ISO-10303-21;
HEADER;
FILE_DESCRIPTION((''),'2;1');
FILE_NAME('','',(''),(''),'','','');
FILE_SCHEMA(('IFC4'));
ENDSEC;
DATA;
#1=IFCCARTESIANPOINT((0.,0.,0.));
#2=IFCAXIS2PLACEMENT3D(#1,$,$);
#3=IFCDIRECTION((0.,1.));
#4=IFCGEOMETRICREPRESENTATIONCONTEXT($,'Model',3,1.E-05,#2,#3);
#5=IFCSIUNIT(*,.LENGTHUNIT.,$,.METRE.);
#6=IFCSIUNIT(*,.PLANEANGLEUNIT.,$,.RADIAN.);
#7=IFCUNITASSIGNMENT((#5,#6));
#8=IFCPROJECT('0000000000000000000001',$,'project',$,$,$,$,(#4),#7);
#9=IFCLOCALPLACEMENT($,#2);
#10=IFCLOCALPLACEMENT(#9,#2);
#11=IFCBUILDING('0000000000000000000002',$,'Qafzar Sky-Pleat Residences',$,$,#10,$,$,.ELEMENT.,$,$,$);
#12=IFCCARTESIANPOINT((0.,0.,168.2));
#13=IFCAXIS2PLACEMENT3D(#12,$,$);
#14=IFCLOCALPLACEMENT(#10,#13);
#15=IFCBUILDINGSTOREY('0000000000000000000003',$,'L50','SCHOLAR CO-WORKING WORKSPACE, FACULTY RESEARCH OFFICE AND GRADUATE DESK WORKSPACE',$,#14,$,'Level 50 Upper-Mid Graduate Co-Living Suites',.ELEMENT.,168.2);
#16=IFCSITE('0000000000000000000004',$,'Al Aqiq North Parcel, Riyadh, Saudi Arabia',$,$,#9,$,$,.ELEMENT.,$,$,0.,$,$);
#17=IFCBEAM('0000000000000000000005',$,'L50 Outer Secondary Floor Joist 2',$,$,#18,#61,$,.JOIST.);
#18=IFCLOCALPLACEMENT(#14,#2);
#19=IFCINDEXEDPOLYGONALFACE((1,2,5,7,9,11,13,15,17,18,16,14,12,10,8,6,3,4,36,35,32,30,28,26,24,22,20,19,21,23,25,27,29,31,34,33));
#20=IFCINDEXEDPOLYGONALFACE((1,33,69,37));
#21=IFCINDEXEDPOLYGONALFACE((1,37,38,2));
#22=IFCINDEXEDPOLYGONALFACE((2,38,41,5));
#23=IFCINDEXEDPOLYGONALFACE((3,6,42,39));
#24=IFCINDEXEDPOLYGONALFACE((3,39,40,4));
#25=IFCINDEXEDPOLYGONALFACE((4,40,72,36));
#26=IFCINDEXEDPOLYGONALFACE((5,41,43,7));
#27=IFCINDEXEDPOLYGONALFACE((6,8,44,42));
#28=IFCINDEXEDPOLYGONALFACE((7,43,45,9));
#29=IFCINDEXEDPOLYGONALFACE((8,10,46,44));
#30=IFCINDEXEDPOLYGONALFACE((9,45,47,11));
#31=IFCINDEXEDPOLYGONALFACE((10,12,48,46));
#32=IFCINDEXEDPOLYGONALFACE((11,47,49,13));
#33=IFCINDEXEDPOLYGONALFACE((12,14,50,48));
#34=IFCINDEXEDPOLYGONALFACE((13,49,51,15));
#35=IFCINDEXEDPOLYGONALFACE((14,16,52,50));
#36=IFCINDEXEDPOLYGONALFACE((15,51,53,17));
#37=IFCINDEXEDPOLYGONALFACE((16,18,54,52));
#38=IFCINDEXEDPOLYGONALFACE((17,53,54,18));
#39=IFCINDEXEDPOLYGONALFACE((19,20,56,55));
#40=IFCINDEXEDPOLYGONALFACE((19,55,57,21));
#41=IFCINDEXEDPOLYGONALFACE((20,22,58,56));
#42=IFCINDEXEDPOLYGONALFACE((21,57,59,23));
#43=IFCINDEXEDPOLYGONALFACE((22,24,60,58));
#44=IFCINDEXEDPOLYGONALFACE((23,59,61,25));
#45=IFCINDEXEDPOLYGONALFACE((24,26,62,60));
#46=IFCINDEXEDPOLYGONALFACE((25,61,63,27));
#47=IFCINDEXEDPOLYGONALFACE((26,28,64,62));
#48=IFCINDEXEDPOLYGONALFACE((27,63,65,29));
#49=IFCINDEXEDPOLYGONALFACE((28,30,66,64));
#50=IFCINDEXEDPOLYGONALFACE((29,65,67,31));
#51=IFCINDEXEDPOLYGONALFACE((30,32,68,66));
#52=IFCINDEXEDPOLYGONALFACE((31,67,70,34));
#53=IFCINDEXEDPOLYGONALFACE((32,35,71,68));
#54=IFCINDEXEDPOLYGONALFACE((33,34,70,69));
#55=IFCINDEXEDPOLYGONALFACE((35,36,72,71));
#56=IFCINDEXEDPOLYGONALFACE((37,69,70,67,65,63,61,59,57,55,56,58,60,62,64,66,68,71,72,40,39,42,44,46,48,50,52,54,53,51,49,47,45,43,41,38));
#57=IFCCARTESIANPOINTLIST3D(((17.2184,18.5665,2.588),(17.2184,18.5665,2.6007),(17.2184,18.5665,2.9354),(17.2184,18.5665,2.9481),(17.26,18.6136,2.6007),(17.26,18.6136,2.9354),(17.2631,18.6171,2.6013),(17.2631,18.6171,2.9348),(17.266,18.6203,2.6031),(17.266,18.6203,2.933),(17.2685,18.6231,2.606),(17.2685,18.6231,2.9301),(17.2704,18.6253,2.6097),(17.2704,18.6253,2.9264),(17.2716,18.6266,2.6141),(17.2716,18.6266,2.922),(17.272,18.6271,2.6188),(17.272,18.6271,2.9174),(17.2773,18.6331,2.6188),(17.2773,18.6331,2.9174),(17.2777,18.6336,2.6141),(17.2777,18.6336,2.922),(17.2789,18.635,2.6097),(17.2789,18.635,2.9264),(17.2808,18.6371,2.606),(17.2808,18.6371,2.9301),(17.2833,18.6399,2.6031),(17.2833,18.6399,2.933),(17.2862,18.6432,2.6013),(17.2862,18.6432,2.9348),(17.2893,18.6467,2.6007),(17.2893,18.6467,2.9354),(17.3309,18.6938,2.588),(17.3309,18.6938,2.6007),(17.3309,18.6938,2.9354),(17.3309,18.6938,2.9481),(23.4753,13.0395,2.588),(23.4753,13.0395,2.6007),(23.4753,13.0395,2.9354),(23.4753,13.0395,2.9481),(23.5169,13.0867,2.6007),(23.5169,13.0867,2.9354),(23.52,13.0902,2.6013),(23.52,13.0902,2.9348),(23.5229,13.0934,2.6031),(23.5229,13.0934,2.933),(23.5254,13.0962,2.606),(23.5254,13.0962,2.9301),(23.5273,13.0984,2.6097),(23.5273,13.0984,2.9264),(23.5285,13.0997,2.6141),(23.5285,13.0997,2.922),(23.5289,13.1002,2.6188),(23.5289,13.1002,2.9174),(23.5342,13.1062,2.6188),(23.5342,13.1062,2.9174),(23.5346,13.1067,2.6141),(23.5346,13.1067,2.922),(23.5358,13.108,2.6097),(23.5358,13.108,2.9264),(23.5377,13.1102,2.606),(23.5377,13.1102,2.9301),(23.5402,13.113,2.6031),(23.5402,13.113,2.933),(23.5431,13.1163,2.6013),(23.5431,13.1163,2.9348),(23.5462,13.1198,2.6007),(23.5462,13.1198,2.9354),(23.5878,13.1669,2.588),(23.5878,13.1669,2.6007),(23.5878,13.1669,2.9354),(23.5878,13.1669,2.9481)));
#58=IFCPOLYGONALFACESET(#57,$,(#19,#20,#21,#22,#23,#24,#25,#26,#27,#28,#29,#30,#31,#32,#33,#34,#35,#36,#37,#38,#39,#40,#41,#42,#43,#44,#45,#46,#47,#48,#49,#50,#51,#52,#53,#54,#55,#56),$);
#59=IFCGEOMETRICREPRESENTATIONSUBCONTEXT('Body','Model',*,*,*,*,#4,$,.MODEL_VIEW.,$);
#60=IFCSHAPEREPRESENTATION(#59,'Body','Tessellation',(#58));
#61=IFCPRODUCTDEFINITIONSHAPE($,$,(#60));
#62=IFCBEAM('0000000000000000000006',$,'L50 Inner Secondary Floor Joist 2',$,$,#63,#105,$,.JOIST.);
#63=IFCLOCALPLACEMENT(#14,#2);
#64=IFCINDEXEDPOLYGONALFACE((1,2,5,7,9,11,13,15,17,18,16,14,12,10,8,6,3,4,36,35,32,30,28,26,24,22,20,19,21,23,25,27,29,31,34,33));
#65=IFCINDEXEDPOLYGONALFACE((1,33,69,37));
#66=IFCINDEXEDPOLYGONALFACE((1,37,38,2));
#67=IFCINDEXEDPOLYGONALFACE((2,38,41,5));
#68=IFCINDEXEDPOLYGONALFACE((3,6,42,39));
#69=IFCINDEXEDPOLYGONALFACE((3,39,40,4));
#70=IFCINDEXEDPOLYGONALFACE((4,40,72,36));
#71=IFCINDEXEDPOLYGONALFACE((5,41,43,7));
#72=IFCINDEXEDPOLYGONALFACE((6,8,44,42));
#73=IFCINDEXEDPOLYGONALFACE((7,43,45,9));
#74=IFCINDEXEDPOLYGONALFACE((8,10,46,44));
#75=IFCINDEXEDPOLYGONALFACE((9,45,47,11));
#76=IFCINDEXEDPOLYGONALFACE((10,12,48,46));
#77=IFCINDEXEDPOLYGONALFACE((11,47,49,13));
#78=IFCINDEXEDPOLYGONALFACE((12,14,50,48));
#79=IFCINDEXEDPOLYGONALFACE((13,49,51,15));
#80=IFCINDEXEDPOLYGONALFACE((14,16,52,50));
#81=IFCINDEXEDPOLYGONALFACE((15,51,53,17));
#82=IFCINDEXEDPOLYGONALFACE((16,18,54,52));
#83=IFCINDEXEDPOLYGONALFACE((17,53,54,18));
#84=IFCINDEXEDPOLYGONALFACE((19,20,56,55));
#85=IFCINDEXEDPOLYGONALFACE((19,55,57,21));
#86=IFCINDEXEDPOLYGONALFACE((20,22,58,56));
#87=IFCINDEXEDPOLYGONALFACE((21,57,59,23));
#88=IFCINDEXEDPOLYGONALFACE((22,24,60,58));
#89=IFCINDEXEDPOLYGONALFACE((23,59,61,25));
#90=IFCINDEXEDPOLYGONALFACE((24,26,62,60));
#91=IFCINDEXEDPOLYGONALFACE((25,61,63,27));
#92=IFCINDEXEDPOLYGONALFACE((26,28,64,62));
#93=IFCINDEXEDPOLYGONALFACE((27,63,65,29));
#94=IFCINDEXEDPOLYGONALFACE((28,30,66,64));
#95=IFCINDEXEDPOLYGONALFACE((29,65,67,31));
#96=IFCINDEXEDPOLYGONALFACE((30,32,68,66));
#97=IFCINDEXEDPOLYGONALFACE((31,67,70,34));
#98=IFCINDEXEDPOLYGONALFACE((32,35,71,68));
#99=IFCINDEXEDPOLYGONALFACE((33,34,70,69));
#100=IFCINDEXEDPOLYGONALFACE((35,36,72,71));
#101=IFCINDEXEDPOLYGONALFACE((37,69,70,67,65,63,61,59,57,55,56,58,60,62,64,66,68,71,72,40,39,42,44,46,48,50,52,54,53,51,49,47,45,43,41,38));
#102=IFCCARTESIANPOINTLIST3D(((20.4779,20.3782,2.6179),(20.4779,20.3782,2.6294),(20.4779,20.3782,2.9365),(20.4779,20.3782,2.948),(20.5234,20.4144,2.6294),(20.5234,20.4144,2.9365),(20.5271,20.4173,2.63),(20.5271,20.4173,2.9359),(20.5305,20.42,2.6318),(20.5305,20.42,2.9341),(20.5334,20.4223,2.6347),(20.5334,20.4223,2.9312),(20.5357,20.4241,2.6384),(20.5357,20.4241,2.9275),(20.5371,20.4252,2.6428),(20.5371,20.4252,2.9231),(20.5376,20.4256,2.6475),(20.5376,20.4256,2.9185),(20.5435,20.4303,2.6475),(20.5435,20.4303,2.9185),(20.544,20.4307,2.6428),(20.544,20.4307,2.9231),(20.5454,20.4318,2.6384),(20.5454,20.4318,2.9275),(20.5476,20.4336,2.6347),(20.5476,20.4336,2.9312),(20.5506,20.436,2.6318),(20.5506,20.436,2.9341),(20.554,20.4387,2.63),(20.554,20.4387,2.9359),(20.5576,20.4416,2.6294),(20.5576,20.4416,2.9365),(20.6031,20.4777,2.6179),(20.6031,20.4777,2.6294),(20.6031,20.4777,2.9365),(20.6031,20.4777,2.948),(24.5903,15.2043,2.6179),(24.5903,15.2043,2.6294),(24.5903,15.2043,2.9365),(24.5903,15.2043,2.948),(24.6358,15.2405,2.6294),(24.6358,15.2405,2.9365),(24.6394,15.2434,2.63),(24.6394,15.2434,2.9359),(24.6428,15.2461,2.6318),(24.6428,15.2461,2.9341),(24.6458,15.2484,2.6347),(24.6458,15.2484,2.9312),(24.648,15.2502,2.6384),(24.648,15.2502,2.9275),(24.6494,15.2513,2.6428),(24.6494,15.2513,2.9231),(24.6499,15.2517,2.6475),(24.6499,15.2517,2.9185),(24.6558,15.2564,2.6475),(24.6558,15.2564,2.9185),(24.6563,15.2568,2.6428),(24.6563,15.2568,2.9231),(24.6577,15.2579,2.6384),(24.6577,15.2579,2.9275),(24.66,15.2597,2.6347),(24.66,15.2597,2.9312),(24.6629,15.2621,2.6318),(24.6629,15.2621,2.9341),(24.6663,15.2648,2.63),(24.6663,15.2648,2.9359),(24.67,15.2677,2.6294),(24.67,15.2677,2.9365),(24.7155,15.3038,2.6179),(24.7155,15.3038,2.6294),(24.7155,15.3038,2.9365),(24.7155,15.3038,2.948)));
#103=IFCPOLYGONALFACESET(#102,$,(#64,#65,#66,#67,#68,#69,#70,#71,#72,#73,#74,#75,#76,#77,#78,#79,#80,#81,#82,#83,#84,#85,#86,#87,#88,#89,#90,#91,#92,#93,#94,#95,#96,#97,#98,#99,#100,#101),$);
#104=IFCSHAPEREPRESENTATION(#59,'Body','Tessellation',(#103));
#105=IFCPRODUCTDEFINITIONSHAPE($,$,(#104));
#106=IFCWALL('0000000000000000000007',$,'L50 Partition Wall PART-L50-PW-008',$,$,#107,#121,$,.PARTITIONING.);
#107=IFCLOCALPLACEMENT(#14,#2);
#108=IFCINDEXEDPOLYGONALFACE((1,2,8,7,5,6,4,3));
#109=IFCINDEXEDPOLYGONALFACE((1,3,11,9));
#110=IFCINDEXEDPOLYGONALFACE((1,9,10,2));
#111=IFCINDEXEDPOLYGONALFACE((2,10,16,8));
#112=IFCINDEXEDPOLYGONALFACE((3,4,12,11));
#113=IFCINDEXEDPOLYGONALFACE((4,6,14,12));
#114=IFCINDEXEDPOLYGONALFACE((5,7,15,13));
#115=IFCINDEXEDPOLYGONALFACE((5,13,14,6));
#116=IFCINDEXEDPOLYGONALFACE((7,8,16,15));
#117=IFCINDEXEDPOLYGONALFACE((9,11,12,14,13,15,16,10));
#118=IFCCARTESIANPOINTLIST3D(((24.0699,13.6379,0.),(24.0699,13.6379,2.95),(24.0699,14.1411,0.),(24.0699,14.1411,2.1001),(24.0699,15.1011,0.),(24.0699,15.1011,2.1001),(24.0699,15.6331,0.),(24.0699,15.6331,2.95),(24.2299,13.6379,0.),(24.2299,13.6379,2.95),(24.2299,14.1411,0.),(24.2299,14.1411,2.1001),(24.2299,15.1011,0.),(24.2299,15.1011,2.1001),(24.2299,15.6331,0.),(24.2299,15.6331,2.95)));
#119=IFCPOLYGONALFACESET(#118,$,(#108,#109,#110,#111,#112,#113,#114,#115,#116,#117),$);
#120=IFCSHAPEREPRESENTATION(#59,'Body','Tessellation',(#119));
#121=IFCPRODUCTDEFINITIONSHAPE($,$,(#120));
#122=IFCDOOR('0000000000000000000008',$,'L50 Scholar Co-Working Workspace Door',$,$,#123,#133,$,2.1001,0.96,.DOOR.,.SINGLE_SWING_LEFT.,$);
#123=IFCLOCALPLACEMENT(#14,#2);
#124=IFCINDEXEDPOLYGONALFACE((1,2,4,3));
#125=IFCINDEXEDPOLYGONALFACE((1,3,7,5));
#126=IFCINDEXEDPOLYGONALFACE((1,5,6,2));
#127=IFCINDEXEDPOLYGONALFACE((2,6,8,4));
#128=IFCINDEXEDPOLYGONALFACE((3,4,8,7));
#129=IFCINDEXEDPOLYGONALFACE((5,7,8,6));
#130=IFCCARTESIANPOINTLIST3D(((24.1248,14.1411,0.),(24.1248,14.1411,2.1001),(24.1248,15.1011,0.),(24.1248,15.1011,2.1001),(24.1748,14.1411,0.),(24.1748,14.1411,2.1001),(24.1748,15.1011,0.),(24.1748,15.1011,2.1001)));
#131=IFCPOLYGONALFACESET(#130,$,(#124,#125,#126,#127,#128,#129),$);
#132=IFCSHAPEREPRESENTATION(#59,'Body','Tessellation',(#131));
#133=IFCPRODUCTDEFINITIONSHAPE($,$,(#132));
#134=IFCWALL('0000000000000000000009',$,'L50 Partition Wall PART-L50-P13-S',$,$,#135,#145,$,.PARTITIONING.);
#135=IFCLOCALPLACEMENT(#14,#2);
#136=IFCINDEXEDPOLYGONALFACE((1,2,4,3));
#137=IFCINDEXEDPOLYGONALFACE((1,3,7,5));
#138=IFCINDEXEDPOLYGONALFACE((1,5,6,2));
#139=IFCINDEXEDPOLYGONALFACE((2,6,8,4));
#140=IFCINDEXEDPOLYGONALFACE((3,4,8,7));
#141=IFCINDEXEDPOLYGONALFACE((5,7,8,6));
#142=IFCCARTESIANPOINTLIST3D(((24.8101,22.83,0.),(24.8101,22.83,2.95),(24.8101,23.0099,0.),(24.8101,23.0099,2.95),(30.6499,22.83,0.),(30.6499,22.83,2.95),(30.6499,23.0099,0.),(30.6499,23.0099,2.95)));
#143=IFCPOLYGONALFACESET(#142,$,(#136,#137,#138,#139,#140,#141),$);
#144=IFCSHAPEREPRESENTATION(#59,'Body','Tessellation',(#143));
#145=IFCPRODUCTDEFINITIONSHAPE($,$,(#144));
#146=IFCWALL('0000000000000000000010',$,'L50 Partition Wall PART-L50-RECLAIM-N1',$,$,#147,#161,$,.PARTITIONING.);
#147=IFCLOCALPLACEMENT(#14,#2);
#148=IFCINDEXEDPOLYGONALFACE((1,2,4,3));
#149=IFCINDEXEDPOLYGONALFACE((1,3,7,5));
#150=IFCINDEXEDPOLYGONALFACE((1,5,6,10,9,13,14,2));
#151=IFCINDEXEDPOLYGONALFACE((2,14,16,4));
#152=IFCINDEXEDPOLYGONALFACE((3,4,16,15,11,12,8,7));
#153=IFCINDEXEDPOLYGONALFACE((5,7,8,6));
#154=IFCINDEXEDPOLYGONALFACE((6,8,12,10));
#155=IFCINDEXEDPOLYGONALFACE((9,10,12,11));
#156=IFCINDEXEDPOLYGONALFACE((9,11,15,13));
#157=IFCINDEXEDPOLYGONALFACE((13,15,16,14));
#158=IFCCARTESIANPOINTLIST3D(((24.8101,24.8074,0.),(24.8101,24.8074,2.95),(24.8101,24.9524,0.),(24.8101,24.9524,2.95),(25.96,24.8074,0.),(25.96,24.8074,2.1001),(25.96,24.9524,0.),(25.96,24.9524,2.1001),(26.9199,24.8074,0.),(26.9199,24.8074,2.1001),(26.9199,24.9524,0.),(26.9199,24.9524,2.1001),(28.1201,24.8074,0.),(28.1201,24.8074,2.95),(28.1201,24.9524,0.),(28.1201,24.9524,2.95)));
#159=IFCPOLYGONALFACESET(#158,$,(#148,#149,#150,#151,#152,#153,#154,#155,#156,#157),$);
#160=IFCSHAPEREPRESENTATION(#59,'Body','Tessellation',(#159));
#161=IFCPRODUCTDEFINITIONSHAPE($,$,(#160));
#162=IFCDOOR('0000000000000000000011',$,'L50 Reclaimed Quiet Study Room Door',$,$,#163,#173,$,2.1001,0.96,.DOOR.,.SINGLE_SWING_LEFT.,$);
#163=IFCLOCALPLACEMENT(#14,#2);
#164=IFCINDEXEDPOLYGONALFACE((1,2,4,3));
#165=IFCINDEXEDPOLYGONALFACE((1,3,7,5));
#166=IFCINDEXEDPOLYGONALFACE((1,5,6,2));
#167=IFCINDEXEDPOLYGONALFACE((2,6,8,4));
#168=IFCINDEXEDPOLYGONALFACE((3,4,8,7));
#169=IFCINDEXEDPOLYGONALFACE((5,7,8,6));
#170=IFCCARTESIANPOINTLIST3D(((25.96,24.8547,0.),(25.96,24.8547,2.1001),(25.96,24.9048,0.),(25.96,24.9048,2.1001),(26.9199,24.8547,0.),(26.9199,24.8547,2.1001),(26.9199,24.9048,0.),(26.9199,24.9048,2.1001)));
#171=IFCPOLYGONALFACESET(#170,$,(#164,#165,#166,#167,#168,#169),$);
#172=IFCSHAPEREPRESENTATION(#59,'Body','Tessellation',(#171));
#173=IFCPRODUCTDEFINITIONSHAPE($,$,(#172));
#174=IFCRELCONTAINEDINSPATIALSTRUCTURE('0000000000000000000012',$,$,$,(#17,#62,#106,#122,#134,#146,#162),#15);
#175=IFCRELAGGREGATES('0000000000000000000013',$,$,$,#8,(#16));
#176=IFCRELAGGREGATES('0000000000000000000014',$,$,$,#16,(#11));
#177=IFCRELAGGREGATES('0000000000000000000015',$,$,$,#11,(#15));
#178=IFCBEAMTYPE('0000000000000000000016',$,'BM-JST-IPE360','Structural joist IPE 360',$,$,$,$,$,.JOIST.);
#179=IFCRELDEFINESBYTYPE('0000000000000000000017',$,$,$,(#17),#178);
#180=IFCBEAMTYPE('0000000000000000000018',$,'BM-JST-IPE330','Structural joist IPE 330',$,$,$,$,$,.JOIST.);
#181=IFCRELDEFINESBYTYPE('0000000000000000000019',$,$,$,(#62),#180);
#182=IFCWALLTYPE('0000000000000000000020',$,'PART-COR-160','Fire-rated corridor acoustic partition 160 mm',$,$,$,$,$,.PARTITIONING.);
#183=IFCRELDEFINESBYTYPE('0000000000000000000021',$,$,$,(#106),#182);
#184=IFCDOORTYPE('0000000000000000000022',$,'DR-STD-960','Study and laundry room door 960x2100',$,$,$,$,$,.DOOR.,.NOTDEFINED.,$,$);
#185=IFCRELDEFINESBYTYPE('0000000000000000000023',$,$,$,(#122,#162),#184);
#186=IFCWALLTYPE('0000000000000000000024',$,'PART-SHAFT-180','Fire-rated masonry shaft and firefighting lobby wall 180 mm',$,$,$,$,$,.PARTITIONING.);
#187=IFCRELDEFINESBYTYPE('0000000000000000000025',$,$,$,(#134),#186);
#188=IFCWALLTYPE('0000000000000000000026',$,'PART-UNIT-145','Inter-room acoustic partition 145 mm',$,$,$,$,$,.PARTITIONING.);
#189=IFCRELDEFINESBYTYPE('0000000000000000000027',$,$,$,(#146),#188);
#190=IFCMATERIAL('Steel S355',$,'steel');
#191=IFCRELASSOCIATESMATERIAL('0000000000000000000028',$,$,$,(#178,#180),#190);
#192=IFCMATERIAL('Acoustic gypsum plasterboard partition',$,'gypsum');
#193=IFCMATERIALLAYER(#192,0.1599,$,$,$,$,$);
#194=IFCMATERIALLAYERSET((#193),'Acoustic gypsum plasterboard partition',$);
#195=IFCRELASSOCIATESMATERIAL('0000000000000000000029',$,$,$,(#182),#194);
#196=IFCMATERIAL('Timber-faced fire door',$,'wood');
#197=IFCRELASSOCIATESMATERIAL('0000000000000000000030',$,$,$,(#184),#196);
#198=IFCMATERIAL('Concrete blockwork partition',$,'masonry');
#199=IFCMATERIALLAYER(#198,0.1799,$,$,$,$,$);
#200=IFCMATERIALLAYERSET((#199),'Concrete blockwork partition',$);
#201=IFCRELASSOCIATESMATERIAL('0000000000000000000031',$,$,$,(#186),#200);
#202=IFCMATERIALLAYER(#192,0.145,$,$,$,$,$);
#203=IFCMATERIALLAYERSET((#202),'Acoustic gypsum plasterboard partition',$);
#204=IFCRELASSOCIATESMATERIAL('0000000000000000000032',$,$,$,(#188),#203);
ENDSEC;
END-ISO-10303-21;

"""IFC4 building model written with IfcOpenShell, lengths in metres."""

from ifc_helpers import new_model, si_unit, direction, frame, frame_2d, origin, origin_2d, place, context, subcontext, project, spatial, rectangle, i_section, extrude, source, transform, mapped, material, layer, layer_set, material_profile, profile_set, type_object, element, fill, save


model = new_model("IFC4")

# Units and contexts
model_context = context("Model", 3, precision=1e-05, world=origin(), true_north=direction((0.0, 1.0)))
body_context = subcontext(model_context, "Body", "Model", "MODEL_VIEW")
ifc_project = project(units=[si_unit("LENGTHUNIT", "METRE"), si_unit("PLANEANGLEUNIT", "RADIAN")], contexts=[model_context])

# Site, building, storey
site_placement = place(None, origin())
site = spatial("IfcSite", under=ifc_project, at=site_placement, Name="Al Aqiq North Parcel, Riyadh, Saudi Arabia", CompositionType="ELEMENT", RefElevation=0.0)
building_placement = place(site_placement, origin())
building = spatial("IfcBuilding", under=site, at=building_placement, Name="Qafzar Sky-Pleat Residences", CompositionType="ELEMENT")
storey_placement = place(building_placement, frame((0.0, 0.0, 168.2)))
storey = spatial("IfcBuildingStorey", under=building, at=storey_placement, Name="L50", Description="SCHOLAR CO-WORKING WORKSPACE, FACULTY RESEARCH OFFICE AND GRADUATE DESK WORKSPACE", LongName="Level 50 Upper-Mid Graduate Co-Living Suites", CompositionType="ELEMENT", Elevation=168.2)

# Beams
ifc_material_1 = material(Name="Steel S355", Category="steel")
ifc_material_profile_1 = material_profile(ifc_material_1, i_section(OverallWidth=0.1699, OverallDepth=0.3601, WebThickness=0.0081, FlangeThickness=0.0127, FilletRadius=0.0181, at=origin_2d()), Name="IPE 360")
ifc_profile_set_1 = profile_set([ifc_material_profile_1], Name="Steel S355")
beam_type_1 = type_object("IfcBeamType", Name="BM-JST-IPE360", Description="Structural joist IPE 360", PredefinedType="JOIST", material=ifc_profile_set_1)
shared_shape_1 = source(origin(), body_context, "Body", "SweptSolid", [
    extrude(i_section(OverallWidth=0.1699, OverallDepth=0.3601, WebThickness=0.0081, FlangeThickness=0.0127, FilletRadius=0.0181, at=origin_2d()), origin(), (0.0, 0.0, 1.0), 8.3484),
])
beam_1_placement = place(storey_placement, frame((17.2747, 18.6301, 2.7681), z_axis=(0.749474, -0.662034, 0.0), x_axis=(0.662034, 0.749474, 0.0)))
element("IfcBeam", 1, at=beam_1_placement, inside=storey, type_object=beam_type_1, Name="L50 Outer Secondary Floor Joist 2", PredefinedType="JOIST", context=body_context, shape_type="MappedRepresentation", body=[
    mapped(shared_shape_1, transform((0.0, 0.0, 0.0), x_axis=(1.0, 0.0, 0.0), y_axis=(0.0, 1.0, 0.0), z_axis=(0.0, 0.0, 1.0), scale=1.0)),
])
ifc_material_profile_2 = material_profile(ifc_material_1, i_section(OverallWidth=0.1599, OverallDepth=0.3301, WebThickness=0.0076, FlangeThickness=0.0115, FilletRadius=0.0181, at=origin_2d()), Name="IPE 330")
ifc_profile_set_2 = profile_set([ifc_material_profile_2], Name="Steel S355")
beam_type_2 = type_object("IfcBeamType", Name="BM-JST-IPE330", Description="Structural joist IPE 330", PredefinedType="JOIST", material=ifc_profile_set_2)
shared_shape_2 = source(origin(), body_context, "Body", "SweptSolid", [
    extrude(i_section(OverallWidth=0.1599, OverallDepth=0.3301, WebThickness=0.0076, FlangeThickness=0.0115, FilletRadius=0.0181, at=origin_2d()), origin(), (0.0, 0.0, 1.0), 6.6091),
])
beam_2_placement = place(storey_placement, frame((20.5405, 20.428, 2.783), z_axis=(0.622223, -0.78284, 0.0), x_axis=(0.78284, 0.622223, 0.0)))
element("IfcBeam", 2, at=beam_2_placement, inside=storey, type_object=beam_type_2, Name="L50 Inner Secondary Floor Joist 2", PredefinedType="JOIST", context=body_context, shape_type="MappedRepresentation", body=[
    mapped(shared_shape_2, transform((0.0, 0.0, 0.0), x_axis=(1.0, 0.0, 0.0), y_axis=(0.0, 1.0, 0.0), z_axis=(0.0, 0.0, 1.0), scale=1.0)),
])

# Wall, opening, door
ifc_material_2 = material(Name="Acoustic gypsum plasterboard partition", Category="gypsum")
ifc_layer_1 = layer(ifc_material_2, 0.1599)
ifc_layer_set_1 = layer_set([ifc_layer_1], Name="Acoustic gypsum plasterboard partition")
wall_type_1 = type_object("IfcWallType", Name="PART-COR-160", Description="Fire-rated corridor acoustic partition 160 mm", PredefinedType="PARTITIONING", material=ifc_layer_set_1)
wall_1_placement = place(storey_placement, frame((24.1499, 15.6331, 0.0), z_axis=(0.0, 0.0, 1.0), x_axis=(0.0, -1.0, 0.0)))
wall_1 = element("IfcWall", 3, at=wall_1_placement, inside=storey, type_object=wall_type_1, Name="L50 Partition Wall PART-L50-PW-008", PredefinedType="PARTITIONING", context=body_context, shape_type="SweptSolid", body=[
    extrude(rectangle(XDim=1.9951, YDim=0.1599, at=frame_2d((0.9976, 0.0))), origin(), (0.0, 0.0, 1.0), 2.95),
])
opening_1_placement = place(wall_1_placement, frame((0.532, 0.0, 0.0)))
opening_1 = element("IfcOpeningElement", 4, at=opening_1_placement, cuts=wall_1, PredefinedType="OPENING", context=body_context, shape_type="SweptSolid", body=[
    extrude(rectangle(XDim=0.96, YDim=2.1001, at=frame_2d((0.48, 1.05))), frame((0.0, 0.0898, 0.0), z_axis=(0.0, -1.0, 0.0), x_axis=(1.0, 0.0, 0.0)), (0.0, 0.0, 1.0), 0.1799),
])
ifc_material_3 = material(Name="Timber-faced fire door", Category="wood")
door_type_1 = type_object("IfcDoorType", Name="DR-STD-960", Description="Study and laundry room door 960x2100", OperationType="NOTDEFINED", PredefinedType="DOOR", material=ifc_material_3)
shared_shape_3 = source(origin(), body_context, "Body", "SweptSolid", [
    extrude(rectangle(XDim=0.96, YDim=2.1001, at=frame_2d((0.48, 1.05))), frame((0.0, 0.0249, 0.0), z_axis=(0.0, -1.0, 0.0), x_axis=(1.0, 0.0, 0.0)), (0.0, 0.0, 1.0), 0.05),
])
door_1_placement = place(opening_1_placement, origin())
door_1 = element("IfcDoor", 5, at=door_1_placement, inside=storey, type_object=door_type_1, Name="L50 Scholar Co-Working Workspace Door", OperationType="SINGLE_SWING_LEFT", OverallHeight=2.1001, OverallWidth=0.96, PredefinedType="DOOR", context=body_context, shape_type="MappedRepresentation", body=[
    mapped(shared_shape_3, transform((0.0, 0.0, 0.0), x_axis=(1.0, 0.0, 0.0), y_axis=(0.0, 1.0, 0.0), z_axis=(0.0, 0.0, 1.0), scale=1.0)),
])
fill(opening_1, door_1)

# Wall
ifc_material_4 = material(Name="Concrete blockwork partition", Category="masonry")
ifc_layer_2 = layer(ifc_material_4, 0.1799)
ifc_layer_set_2 = layer_set([ifc_layer_2], Name="Concrete blockwork partition")
wall_type_2 = type_object("IfcWallType", Name="PART-SHAFT-180", Description="Fire-rated masonry shaft and firefighting lobby wall 180 mm", PredefinedType="PARTITIONING", material=ifc_layer_set_2)
wall_2_placement = place(storey_placement, frame((24.8101, 22.9199, 0.0), z_axis=(0.0, 0.0, 1.0), x_axis=(1.0, 0.0, 0.0)))
element("IfcWall", 6, at=wall_2_placement, inside=storey, type_object=wall_type_2, Name="L50 Partition Wall PART-L50-P13-S", PredefinedType="PARTITIONING", context=body_context, shape_type="SweptSolid", body=[
    extrude(rectangle(XDim=5.8398, YDim=0.1799, at=frame_2d((2.9199, 0.0))), origin(), (0.0, 0.0, 1.0), 2.95),
])

# Wall, opening, door
ifc_layer_3 = layer(ifc_material_2, 0.145)
ifc_layer_set_3 = layer_set([ifc_layer_3], Name="Acoustic gypsum plasterboard partition")
wall_type_3 = type_object("IfcWallType", Name="PART-UNIT-145", Description="Inter-room acoustic partition 145 mm", PredefinedType="PARTITIONING", material=ifc_layer_set_3)
wall_3_placement = place(storey_placement, frame((24.8101, 24.8799, 0.0), z_axis=(0.0, 0.0, 1.0), x_axis=(1.0, 0.0, 0.0)))
wall_3 = element("IfcWall", 7, at=wall_3_placement, inside=storey, type_object=wall_type_3, Name="L50 Partition Wall PART-L50-RECLAIM-N1", PredefinedType="PARTITIONING", context=body_context, shape_type="SweptSolid", body=[
    extrude(rectangle(XDim=3.3101, YDim=0.145, at=frame_2d((1.655, 0.0))), origin(), (0.0, 0.0, 1.0), 2.95),
])
opening_2_placement = place(wall_3_placement, frame((1.1499, 0.0, 0.0)))
opening_2 = element("IfcOpeningElement", 8, at=opening_2_placement, cuts=wall_3, PredefinedType="OPENING", context=body_context, shape_type="SweptSolid", body=[
    extrude(rectangle(XDim=0.96, YDim=2.1001, at=frame_2d((0.48, 1.05))), frame((0.0, 0.0825, 0.0), z_axis=(0.0, -1.0, 0.0), x_axis=(1.0, 0.0, 0.0)), (0.0, 0.0, 1.0), 0.165),
])
door_2_placement = place(opening_2_placement, origin())
door_2 = element("IfcDoor", 9, at=door_2_placement, inside=storey, type_object=door_type_1, Name="L50 Reclaimed Quiet Study Room Door", OperationType="SINGLE_SWING_LEFT", OverallHeight=2.1001, OverallWidth=0.96, PredefinedType="DOOR", context=body_context, shape_type="MappedRepresentation", body=[
    mapped(shared_shape_3, transform((0.0, 0.0, 0.0), x_axis=(1.0, 0.0, 0.0), y_axis=(0.0, 1.0, 0.0), z_axis=(0.0, 0.0, 1.0), scale=1.0)),
])
fill(opening_2, door_2)

save(model, "model.ifc")
